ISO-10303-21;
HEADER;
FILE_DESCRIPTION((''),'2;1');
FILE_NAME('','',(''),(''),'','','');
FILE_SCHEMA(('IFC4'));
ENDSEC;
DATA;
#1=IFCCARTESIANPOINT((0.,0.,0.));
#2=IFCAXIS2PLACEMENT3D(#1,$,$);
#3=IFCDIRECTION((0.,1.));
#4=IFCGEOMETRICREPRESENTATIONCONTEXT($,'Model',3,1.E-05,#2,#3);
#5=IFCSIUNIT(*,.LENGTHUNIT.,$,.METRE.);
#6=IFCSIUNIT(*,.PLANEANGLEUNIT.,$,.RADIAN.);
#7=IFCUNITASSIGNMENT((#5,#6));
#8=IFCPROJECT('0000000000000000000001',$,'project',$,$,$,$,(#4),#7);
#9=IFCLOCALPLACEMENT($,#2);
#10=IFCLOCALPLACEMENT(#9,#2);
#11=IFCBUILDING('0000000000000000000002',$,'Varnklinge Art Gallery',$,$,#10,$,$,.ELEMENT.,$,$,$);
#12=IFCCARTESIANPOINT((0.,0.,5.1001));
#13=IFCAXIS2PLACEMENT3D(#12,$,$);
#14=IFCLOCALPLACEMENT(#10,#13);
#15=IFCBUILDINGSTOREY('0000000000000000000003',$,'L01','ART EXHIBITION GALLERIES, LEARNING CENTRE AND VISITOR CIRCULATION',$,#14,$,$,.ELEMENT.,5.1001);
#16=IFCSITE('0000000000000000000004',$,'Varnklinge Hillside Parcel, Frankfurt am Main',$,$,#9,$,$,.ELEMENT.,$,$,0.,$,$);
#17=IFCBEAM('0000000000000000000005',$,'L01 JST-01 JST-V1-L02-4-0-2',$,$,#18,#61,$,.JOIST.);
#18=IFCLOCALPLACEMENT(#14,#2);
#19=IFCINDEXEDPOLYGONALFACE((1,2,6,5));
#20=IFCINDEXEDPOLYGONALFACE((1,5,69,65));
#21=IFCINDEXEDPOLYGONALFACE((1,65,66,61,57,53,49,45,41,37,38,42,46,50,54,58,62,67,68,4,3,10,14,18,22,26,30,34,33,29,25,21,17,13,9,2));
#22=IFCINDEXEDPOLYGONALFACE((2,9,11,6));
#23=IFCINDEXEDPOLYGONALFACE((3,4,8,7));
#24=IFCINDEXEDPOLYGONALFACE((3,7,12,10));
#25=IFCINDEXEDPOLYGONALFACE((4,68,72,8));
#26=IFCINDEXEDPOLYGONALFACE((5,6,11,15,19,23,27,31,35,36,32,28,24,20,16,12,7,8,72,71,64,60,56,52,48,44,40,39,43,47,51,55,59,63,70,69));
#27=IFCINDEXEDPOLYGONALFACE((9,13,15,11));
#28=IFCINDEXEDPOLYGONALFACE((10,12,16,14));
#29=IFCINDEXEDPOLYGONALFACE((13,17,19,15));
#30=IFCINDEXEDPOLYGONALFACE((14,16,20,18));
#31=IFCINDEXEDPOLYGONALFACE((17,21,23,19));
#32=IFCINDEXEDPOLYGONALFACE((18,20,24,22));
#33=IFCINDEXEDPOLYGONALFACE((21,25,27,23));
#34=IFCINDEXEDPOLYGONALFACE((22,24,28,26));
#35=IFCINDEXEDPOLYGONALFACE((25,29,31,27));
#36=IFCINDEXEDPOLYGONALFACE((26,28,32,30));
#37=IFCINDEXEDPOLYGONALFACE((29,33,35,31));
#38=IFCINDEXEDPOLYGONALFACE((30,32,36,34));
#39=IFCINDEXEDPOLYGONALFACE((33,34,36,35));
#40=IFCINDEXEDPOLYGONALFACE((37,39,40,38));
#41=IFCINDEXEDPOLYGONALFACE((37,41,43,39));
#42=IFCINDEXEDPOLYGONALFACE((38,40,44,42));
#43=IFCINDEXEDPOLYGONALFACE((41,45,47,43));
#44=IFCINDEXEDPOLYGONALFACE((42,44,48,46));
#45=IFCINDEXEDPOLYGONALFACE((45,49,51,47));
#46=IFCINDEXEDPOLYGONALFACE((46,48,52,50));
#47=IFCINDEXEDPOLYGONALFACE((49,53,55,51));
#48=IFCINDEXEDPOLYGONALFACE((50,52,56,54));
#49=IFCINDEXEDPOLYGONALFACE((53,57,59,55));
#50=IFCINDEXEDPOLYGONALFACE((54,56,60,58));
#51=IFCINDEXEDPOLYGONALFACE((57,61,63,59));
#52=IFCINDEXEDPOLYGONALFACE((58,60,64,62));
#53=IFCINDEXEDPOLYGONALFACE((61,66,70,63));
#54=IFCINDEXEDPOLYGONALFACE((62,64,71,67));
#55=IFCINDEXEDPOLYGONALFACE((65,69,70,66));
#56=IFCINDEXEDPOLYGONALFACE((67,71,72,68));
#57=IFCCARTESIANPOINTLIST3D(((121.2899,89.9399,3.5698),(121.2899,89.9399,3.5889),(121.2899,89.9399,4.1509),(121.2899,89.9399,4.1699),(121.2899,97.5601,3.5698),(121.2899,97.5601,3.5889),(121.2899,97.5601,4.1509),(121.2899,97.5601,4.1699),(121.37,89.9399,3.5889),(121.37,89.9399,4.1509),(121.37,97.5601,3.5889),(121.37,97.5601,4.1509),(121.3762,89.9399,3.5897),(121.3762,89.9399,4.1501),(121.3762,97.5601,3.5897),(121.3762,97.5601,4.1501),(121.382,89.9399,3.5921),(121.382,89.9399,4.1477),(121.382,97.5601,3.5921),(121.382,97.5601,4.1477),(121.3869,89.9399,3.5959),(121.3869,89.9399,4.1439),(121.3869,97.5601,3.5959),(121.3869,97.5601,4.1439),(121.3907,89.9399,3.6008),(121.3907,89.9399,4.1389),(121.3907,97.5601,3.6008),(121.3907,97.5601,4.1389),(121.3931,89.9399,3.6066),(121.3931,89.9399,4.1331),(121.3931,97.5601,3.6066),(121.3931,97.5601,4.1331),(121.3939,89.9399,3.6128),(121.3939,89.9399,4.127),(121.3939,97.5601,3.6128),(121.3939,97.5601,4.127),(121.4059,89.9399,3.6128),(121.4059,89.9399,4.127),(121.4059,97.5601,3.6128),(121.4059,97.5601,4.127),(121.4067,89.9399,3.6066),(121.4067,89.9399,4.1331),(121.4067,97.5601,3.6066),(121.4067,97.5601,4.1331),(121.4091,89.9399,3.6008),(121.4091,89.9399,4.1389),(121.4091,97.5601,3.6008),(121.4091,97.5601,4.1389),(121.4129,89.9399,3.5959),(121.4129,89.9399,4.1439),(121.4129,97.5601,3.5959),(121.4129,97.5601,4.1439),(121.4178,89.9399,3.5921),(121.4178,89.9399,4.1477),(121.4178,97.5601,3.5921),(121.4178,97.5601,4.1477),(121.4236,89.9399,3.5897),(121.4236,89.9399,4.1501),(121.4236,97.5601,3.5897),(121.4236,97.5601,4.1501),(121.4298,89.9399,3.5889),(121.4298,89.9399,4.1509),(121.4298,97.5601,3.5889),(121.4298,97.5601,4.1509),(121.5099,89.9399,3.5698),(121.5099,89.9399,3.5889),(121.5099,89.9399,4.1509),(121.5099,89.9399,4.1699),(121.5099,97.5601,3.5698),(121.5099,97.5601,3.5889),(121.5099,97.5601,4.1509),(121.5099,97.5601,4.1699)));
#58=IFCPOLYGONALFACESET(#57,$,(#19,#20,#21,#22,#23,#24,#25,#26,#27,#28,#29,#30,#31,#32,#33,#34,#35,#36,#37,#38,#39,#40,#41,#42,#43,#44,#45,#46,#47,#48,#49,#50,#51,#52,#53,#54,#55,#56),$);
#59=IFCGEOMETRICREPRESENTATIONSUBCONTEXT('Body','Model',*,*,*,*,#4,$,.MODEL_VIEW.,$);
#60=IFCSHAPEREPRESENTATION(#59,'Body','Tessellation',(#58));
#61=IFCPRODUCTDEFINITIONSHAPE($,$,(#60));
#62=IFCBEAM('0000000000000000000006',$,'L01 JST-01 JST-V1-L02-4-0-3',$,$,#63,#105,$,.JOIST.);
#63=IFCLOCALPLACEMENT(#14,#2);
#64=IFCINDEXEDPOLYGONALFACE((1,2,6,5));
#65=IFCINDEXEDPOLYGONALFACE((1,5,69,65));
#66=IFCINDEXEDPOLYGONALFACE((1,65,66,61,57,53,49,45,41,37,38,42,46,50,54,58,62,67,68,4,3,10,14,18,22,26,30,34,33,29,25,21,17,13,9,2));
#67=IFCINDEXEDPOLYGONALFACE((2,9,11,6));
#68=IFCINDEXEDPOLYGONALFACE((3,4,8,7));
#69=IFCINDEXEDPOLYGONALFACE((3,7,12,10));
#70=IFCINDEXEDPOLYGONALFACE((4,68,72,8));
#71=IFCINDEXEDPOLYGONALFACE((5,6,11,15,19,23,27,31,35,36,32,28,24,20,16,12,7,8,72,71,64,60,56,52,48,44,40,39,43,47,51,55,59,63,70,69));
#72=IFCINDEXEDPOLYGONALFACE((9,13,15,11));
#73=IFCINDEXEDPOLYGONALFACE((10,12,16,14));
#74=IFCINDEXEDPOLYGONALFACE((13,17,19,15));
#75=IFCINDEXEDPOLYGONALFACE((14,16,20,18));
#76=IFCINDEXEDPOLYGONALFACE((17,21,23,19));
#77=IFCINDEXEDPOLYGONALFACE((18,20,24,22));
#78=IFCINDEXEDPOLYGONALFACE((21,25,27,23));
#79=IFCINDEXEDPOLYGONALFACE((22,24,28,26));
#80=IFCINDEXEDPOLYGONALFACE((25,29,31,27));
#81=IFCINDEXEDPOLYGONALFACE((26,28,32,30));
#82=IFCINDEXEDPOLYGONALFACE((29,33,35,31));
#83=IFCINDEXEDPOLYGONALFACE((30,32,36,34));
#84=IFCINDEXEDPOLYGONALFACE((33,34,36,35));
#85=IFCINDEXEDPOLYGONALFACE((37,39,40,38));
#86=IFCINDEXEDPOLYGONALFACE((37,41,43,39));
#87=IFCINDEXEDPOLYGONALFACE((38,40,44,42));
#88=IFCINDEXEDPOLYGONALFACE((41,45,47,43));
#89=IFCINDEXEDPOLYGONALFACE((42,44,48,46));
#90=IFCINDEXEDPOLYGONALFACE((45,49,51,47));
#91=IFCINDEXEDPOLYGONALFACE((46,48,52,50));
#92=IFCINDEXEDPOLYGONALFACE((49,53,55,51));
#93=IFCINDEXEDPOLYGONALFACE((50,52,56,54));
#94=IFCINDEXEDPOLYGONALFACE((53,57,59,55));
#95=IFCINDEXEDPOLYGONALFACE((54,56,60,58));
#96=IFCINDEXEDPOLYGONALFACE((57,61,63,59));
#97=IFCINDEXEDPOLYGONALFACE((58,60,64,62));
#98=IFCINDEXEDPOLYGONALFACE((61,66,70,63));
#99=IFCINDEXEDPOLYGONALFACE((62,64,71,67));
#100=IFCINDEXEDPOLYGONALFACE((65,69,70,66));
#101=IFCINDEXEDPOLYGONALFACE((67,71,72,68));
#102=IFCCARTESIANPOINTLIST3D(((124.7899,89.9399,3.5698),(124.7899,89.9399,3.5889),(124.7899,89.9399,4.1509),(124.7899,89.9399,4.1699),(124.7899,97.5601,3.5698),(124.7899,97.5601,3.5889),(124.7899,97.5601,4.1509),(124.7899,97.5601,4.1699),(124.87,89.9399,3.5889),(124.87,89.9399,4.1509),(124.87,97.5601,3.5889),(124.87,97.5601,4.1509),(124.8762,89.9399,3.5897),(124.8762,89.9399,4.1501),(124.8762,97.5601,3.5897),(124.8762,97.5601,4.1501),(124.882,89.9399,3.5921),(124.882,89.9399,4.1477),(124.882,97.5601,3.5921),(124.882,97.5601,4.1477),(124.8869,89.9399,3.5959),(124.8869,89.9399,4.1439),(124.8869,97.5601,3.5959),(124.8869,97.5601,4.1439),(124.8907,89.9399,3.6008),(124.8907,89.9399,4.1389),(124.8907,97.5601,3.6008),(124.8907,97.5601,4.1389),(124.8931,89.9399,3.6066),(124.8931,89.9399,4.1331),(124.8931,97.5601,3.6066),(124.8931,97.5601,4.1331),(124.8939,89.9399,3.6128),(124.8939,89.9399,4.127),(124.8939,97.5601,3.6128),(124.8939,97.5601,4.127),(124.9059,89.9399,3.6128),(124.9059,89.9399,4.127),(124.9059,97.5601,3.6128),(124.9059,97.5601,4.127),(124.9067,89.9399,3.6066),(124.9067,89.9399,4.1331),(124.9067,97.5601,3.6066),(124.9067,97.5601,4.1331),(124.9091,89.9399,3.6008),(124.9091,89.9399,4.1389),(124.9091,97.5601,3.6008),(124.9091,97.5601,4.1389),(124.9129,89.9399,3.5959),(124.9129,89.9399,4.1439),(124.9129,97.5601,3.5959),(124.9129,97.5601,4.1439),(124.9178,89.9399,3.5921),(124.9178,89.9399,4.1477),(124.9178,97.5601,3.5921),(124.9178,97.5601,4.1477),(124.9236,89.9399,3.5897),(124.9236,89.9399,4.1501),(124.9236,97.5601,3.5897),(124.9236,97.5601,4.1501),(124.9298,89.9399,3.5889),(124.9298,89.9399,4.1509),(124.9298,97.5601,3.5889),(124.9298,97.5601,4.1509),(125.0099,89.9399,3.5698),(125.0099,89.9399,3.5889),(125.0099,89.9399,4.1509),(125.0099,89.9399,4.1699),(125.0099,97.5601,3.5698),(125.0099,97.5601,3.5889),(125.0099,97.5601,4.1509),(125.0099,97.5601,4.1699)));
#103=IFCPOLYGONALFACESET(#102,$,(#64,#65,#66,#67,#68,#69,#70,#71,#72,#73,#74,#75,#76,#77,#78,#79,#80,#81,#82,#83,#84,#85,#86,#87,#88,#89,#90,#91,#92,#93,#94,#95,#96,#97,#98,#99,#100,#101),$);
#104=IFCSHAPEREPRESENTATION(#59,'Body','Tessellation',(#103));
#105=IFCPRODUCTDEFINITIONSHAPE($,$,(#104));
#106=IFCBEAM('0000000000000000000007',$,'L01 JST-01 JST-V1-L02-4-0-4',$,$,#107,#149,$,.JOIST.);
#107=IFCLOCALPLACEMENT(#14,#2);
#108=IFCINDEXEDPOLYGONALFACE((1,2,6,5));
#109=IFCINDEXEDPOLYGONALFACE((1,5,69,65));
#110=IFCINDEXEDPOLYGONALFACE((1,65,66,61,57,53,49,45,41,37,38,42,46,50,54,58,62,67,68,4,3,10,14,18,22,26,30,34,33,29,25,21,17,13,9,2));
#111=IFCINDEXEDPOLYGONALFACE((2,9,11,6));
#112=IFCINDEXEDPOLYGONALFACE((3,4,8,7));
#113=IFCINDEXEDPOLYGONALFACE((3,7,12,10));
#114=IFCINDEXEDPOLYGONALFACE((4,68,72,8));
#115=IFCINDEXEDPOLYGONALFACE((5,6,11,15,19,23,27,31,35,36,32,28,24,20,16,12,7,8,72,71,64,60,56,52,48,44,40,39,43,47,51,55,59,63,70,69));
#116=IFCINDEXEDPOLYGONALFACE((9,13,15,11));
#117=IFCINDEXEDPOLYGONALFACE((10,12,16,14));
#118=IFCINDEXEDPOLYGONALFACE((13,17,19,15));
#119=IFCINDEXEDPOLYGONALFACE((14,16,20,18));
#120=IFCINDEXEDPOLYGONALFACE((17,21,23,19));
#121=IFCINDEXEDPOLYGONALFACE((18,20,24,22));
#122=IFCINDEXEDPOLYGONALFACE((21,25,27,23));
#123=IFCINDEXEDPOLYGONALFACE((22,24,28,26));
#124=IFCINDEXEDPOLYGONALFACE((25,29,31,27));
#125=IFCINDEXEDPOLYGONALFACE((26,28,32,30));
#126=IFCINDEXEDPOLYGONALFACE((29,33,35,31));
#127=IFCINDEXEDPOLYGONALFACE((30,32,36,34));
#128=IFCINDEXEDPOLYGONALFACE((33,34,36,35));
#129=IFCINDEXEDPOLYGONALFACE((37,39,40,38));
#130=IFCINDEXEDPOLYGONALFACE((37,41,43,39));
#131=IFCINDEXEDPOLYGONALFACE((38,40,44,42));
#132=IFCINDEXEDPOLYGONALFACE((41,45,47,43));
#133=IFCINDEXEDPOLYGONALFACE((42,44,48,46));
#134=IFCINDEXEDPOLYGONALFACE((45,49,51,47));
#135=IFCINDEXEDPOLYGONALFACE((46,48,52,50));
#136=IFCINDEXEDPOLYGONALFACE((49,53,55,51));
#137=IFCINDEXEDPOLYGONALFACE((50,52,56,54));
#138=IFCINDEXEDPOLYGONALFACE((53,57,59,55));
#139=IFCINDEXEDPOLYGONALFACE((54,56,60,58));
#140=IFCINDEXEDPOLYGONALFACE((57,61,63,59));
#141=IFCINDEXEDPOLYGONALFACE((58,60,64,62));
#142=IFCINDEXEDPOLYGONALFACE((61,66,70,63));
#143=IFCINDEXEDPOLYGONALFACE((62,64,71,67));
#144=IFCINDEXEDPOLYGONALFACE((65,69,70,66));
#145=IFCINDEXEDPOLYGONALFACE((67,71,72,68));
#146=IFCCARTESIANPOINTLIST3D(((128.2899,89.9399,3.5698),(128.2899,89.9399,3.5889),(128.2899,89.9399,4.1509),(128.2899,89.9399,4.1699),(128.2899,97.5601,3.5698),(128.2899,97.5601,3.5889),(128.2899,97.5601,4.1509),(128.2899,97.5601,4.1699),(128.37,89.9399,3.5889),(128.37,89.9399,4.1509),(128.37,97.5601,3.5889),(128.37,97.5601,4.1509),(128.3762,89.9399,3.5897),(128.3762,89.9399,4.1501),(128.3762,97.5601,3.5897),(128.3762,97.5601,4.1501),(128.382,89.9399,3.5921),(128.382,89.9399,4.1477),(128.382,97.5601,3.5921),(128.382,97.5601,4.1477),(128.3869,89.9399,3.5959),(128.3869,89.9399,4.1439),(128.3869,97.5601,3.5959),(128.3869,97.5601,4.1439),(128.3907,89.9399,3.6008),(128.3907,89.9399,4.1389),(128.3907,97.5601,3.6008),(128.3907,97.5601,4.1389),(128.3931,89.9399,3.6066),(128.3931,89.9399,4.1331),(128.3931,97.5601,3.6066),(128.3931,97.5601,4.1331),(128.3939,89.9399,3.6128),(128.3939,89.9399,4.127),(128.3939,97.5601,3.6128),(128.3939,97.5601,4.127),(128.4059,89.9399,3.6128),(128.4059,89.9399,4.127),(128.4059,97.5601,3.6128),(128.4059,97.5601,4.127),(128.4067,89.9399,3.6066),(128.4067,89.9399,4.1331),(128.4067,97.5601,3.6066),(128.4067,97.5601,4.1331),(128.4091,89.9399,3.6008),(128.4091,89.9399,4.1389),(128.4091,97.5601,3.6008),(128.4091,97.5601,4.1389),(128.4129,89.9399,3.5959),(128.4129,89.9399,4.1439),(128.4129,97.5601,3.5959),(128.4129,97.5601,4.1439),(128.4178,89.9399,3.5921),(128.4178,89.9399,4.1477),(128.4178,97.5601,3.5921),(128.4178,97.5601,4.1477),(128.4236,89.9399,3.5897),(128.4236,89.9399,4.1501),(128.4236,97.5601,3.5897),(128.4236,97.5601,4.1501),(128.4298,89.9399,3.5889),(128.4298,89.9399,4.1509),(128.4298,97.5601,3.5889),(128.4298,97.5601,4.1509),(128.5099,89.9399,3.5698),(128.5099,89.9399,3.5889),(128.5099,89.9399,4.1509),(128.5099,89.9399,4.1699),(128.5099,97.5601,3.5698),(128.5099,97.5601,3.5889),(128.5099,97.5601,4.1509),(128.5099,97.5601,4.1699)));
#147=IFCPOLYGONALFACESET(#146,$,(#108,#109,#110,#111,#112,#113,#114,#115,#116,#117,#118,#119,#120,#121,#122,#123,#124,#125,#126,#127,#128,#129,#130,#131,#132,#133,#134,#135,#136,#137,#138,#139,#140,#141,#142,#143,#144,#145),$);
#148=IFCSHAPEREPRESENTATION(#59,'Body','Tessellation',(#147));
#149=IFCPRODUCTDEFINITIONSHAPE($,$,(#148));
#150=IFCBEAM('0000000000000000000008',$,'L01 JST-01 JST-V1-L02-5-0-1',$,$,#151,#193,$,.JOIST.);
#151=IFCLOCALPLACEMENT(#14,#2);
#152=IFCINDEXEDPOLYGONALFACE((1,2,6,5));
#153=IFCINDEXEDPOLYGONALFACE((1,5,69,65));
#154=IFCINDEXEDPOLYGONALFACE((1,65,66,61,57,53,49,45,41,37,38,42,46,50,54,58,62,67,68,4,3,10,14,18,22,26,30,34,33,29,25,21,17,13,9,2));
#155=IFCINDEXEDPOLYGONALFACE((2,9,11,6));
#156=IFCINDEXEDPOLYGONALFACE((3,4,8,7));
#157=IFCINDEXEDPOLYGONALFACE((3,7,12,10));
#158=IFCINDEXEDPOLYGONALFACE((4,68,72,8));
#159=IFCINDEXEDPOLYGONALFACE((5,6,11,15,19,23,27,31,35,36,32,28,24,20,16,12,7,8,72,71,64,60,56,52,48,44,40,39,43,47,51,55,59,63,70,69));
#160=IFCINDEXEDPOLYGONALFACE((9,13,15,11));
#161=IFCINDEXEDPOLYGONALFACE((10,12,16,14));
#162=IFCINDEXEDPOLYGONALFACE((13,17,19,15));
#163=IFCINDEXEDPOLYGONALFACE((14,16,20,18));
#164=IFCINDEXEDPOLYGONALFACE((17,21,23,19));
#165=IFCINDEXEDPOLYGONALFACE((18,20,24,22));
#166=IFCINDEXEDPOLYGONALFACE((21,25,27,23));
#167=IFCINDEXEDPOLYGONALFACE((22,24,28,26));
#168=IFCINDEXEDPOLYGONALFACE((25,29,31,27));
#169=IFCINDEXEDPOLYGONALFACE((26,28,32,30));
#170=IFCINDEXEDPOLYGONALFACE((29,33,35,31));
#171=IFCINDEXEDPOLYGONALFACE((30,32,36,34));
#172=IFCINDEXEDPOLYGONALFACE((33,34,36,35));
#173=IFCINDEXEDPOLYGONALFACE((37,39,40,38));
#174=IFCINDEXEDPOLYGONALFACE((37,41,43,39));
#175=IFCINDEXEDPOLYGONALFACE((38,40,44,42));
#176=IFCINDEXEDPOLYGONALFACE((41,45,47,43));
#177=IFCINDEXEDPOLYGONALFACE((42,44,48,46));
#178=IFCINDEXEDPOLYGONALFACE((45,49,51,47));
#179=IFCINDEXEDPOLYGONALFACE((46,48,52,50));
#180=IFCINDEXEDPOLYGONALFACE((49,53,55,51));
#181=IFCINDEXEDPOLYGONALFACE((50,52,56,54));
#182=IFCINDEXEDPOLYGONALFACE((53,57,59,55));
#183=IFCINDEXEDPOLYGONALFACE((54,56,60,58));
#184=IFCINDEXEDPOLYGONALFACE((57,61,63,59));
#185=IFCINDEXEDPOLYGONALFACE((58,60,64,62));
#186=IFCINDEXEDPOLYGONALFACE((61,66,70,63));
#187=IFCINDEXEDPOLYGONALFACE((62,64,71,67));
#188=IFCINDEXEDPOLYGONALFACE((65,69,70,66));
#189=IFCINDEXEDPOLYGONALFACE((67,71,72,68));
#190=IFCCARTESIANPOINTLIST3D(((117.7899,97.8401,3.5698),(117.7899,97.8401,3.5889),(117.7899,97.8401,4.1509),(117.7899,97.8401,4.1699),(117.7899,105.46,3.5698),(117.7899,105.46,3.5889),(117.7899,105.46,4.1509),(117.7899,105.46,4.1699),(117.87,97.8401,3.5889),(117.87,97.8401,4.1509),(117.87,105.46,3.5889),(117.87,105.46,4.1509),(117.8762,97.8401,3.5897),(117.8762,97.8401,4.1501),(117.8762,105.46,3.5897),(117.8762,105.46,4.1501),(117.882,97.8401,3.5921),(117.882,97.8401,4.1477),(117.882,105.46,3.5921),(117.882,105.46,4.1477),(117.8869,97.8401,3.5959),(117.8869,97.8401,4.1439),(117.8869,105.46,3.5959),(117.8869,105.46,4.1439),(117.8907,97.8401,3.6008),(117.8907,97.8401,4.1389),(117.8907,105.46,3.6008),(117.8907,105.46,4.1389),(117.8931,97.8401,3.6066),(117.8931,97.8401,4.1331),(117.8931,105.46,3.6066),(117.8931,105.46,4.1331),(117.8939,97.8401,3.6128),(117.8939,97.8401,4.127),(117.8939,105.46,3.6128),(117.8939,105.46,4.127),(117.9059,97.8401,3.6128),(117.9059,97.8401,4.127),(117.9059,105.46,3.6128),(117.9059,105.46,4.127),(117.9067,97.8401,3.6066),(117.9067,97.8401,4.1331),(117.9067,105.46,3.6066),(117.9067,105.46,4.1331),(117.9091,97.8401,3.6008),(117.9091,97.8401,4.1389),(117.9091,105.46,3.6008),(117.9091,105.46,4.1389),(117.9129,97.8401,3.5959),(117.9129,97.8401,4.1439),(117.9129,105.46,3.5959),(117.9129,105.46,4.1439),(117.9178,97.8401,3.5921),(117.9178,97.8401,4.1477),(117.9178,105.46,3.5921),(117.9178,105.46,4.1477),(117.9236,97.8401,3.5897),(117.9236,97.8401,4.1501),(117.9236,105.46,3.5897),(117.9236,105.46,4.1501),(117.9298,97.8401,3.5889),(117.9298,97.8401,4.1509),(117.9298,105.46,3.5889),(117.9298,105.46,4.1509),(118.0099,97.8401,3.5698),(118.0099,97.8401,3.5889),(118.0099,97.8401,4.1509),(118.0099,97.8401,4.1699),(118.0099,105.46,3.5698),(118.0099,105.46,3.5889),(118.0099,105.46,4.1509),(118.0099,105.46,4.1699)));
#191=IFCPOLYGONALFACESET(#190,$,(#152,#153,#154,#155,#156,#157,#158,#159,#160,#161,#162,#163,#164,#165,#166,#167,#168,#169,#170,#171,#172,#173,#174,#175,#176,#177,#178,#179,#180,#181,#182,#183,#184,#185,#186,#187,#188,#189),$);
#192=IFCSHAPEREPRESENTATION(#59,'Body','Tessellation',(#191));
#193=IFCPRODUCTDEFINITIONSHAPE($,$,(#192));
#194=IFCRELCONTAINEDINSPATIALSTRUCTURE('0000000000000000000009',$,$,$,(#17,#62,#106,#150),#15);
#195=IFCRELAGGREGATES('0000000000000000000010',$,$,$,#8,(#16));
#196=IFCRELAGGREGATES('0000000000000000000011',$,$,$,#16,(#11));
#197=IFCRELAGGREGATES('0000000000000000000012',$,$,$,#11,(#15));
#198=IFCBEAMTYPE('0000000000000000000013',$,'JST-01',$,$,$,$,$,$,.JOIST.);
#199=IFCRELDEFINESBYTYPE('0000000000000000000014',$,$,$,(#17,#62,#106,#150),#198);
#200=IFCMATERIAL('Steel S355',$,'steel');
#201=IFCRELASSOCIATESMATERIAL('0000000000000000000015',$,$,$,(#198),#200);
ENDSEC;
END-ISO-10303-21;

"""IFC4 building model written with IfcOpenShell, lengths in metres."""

from ifc_helpers import new_model, si_unit, direction, frame, origin, origin_2d, place, context, subcontext, project, spatial, i_section, extrude, material, material_profile, profile_set, type_object, element, save


model = new_model("IFC4")

# Units and contexts
model_context = context("Model", 3, precision=1e-05, world=origin(), true_north=direction((0.0, 1.0)))
body_context = subcontext(model_context, "Body", "Model", "MODEL_VIEW")
ifc_project = project(units=[si_unit("LENGTHUNIT", "METRE"), si_unit("PLANEANGLEUNIT", "RADIAN")], contexts=[model_context])

# Site, building, storey
site_placement = place(None, origin())
site = spatial("IfcSite", under=ifc_project, at=site_placement, Name="Varnklinge Hillside Parcel, Frankfurt am Main", CompositionType="ELEMENT", RefElevation=0.0)
building_placement = place(site_placement, origin())
building = spatial("IfcBuilding", under=site, at=building_placement, Name="Varnklinge Art Gallery", CompositionType="ELEMENT")
storey_placement = place(building_placement, frame((0.0, 0.0, 5.1001)))
storey = spatial("IfcBuildingStorey", under=building, at=storey_placement, Name="L01", Description="ART EXHIBITION GALLERIES, LEARNING CENTRE AND VISITOR CIRCULATION", CompositionType="ELEMENT", Elevation=5.1001)

# Beams
ifc_material_1 = material(Name="Steel S355", Category="steel")
ifc_material_profile_1 = material_profile(ifc_material_1, i_section(OverallWidth=0.22, OverallDepth=0.6001, WebThickness=0.012, FlangeThickness=0.019, FilletRadius=0.0239, at=origin_2d()), Name="IPE 600")
ifc_profile_set_1 = profile_set([ifc_material_profile_1], Name="Steel S355")
beam_type_1 = type_object("IfcBeamType", Name="JST-01", PredefinedType="JOIST", material=ifc_profile_set_1)
for number, where, z_axis, x_axis, name in (
    (1, (121.3999, 89.9399, 3.8699), (0.0, 1.0, 0.0), (-1.0, 0.0, 0.0), "L01 JST-01 JST-V1-L02-4-0-2"),
    (2, (124.8999, 89.9399, 3.8699), (0.0, 1.0, 0.0), (-1.0, 0.0, 0.0), "L01 JST-01 JST-V1-L02-4-0-3"),
    (3, (128.3999, 89.9399, 3.8699), (0.0, 1.0, 0.0), (-1.0, 0.0, 0.0), "L01 JST-01 JST-V1-L02-4-0-4"),
):
    element("IfcBeam", number, at=place(storey_placement, frame(where, z_axis=z_axis, x_axis=x_axis)), inside=storey, type_object=beam_type_1, Name=name, PredefinedType="JOIST", context=body_context, shape_type="SweptSolid", body=[
        extrude(i_section(OverallWidth=0.22, OverallDepth=0.6001, WebThickness=0.012, FlangeThickness=0.019, FilletRadius=0.0239, at=origin_2d()), origin(), (0.0, 0.0, 1.0), 7.6201),
    ])
for number, where, z_axis, x_axis, name in (
    (4, (117.8999, 97.8401, 3.8699), (0.0, 1.0, 0.0), (-1.0, 0.0, 0.0), "L01 JST-01 JST-V1-L02-5-0-1"),
):
    element("IfcBeam", number, at=place(storey_placement, frame(where, z_axis=z_axis, x_axis=x_axis)), inside=storey, type_object=beam_type_1, Name=name, PredefinedType="JOIST", context=body_context, shape_type="SweptSolid", body=[
        extrude(i_section(OverallWidth=0.22, OverallDepth=0.6001, WebThickness=0.012, FlangeThickness=0.019, FilletRadius=0.0239, at=origin_2d()), origin(), (0.0, 0.0, 1.0), 7.6199),
    ])

save(model, "model.ifc")
